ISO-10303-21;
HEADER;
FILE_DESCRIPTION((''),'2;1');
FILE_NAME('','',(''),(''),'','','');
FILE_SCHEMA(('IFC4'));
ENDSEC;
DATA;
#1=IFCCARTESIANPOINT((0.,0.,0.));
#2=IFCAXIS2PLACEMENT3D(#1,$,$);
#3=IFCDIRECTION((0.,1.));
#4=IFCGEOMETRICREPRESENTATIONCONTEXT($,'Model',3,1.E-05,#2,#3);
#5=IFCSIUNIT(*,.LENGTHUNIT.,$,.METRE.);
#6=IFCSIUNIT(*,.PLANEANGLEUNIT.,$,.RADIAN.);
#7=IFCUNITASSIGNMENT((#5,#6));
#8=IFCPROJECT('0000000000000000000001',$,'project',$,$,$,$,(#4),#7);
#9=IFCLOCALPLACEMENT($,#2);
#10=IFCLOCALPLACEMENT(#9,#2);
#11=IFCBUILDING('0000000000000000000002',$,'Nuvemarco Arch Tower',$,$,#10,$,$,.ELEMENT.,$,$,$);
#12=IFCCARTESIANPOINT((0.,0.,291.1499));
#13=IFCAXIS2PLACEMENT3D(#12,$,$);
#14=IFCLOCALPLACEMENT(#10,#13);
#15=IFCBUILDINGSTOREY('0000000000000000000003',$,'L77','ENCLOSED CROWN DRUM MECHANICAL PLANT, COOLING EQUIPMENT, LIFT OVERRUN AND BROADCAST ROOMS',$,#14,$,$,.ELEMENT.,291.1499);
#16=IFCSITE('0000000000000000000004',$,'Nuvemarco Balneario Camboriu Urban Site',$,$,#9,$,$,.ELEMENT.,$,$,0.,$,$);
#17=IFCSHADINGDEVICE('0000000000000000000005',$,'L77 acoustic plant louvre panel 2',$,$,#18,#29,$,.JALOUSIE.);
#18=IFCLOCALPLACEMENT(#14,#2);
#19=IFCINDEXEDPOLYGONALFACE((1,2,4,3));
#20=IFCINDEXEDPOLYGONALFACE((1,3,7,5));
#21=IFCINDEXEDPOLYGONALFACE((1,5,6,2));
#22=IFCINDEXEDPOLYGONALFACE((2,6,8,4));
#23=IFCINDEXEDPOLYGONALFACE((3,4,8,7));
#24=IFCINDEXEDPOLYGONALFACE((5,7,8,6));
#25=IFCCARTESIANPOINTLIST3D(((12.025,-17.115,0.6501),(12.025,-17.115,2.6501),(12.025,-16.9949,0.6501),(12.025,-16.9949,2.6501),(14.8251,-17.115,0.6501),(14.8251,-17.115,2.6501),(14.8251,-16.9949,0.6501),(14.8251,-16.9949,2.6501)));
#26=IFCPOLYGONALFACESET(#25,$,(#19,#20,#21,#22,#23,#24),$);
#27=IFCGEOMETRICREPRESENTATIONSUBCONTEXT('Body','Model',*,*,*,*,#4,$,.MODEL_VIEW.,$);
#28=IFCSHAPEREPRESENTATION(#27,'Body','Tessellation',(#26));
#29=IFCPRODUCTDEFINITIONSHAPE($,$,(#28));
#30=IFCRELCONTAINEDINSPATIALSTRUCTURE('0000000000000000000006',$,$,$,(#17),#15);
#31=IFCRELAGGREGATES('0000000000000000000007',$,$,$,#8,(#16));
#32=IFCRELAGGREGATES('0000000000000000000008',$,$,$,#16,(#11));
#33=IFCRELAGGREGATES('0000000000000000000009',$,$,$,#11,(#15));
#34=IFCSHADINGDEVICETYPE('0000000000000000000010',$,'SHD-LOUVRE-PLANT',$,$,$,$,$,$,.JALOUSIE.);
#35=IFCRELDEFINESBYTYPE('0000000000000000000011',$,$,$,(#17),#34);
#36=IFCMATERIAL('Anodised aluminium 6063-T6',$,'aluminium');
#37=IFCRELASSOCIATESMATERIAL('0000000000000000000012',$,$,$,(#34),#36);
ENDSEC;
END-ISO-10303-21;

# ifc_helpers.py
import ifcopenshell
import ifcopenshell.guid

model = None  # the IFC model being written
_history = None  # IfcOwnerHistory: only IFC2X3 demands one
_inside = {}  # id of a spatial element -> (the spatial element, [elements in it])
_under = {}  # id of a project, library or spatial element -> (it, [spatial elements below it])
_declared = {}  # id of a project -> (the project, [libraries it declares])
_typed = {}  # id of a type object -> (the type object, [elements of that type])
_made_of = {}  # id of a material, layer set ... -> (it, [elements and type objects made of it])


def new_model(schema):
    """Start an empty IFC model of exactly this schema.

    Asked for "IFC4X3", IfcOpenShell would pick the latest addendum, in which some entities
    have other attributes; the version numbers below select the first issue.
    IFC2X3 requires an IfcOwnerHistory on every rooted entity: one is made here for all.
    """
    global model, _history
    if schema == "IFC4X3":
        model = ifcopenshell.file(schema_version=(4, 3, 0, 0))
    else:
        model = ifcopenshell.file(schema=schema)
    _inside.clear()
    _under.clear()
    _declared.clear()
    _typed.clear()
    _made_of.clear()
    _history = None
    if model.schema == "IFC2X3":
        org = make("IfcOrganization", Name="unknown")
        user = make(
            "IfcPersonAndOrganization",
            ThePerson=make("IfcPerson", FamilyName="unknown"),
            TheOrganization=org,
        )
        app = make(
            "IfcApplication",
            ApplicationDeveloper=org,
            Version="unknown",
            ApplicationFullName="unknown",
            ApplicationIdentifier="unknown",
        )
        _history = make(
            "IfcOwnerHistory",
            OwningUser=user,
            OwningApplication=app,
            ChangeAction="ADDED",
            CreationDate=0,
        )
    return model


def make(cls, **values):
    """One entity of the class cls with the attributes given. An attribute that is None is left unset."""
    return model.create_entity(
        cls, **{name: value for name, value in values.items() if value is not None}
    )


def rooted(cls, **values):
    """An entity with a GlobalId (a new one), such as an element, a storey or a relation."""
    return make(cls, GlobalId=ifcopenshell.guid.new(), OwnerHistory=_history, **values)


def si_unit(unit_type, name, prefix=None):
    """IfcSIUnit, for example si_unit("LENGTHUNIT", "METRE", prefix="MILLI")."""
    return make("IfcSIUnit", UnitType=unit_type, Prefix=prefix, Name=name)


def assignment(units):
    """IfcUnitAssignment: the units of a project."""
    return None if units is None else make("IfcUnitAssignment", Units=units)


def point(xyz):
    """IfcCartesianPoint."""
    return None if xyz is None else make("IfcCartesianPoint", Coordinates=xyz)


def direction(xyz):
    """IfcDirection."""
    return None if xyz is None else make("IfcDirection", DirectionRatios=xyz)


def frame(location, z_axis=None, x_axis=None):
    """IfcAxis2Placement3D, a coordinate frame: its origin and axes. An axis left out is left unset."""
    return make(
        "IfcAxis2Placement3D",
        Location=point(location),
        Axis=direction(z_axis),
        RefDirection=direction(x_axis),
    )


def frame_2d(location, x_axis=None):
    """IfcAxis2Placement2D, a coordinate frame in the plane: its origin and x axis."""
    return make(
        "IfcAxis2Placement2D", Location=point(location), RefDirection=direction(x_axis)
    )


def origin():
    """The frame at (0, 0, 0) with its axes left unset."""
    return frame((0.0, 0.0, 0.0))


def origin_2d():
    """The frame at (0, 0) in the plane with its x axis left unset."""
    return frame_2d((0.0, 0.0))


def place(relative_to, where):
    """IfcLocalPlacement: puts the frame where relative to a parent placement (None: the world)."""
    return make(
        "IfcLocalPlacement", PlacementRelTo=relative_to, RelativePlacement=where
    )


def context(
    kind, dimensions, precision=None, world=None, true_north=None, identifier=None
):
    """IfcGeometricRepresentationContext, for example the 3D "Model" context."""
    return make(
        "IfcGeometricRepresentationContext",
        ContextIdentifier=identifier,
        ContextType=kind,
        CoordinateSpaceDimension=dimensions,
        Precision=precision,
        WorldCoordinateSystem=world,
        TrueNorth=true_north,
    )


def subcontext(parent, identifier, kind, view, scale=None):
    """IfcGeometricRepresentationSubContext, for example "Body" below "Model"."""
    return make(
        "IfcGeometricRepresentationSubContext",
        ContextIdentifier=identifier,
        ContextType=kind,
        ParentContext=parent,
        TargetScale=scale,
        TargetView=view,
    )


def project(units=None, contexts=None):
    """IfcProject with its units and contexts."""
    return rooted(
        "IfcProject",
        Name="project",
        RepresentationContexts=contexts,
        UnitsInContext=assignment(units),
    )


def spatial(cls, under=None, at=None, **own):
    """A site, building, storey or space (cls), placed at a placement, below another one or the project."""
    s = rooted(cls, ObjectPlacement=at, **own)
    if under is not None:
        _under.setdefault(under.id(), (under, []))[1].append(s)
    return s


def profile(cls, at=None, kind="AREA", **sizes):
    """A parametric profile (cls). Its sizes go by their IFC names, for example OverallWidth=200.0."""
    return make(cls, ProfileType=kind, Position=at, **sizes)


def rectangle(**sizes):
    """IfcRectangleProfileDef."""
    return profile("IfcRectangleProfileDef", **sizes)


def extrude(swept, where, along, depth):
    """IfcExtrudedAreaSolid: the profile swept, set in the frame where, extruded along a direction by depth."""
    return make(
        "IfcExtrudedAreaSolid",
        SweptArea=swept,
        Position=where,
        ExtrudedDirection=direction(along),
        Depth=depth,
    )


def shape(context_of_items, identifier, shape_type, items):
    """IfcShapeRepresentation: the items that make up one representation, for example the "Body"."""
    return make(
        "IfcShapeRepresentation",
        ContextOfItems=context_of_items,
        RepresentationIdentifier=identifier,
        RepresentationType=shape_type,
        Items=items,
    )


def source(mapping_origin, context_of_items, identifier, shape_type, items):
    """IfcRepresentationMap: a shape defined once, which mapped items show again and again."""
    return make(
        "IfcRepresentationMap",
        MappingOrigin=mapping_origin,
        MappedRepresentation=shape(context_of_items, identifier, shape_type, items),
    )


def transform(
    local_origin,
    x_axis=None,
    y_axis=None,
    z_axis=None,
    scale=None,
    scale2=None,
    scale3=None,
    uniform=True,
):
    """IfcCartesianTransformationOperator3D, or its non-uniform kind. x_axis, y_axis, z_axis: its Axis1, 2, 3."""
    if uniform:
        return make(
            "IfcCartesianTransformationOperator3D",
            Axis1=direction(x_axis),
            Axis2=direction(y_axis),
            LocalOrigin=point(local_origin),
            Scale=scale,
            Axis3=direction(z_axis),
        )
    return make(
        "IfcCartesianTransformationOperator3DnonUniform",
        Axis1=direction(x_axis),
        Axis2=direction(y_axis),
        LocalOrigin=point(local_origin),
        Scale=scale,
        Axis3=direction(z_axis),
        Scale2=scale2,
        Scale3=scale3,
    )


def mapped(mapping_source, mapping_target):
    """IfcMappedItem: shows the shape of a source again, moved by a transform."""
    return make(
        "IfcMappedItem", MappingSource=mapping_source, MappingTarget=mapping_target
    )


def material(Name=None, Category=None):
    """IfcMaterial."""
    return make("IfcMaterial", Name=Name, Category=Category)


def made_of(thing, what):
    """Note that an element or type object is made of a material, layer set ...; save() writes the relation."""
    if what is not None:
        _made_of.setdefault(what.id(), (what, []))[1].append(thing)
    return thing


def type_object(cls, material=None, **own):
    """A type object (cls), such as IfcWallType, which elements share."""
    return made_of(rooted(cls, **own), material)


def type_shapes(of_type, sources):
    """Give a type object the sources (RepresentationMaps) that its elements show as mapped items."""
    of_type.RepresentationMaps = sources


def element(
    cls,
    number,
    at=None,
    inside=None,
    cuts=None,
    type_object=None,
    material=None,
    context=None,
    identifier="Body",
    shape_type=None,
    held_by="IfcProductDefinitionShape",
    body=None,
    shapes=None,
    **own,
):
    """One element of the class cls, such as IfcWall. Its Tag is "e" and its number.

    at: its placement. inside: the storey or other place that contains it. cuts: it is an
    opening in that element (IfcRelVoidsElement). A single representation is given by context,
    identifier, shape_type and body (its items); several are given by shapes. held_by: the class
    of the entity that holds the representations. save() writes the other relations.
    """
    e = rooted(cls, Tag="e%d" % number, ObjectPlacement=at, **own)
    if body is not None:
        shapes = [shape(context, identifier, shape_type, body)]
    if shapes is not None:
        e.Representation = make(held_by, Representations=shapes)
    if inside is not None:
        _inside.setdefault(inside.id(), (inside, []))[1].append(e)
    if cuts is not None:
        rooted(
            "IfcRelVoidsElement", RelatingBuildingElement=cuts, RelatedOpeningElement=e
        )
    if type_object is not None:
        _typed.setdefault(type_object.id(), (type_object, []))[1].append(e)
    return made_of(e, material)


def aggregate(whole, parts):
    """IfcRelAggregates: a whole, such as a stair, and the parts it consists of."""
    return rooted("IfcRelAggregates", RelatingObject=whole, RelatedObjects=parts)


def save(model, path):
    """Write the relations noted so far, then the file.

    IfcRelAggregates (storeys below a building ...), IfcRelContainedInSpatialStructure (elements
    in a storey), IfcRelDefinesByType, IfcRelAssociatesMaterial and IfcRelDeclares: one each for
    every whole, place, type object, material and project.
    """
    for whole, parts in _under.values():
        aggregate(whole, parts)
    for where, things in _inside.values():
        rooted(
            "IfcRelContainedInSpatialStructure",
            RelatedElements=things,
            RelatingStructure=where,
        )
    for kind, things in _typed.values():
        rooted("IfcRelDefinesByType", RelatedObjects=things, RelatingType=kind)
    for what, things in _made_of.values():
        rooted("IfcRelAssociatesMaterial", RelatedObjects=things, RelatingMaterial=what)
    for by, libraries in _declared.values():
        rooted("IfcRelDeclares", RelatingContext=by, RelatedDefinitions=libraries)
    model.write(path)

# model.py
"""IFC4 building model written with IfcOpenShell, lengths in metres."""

from ifc_helpers import new_model, si_unit, direction, frame, origin, origin_2d, place, context, subcontext, project, spatial, rectangle, extrude, source, transform, mapped, material, type_object, type_shapes, element, save


model = new_model("IFC4")

# Units and contexts
model_context = context("Model", 3, precision=1e-05, world=origin(), true_north=direction((0.0, 1.0)))
body_context = subcontext(model_context, "Body", "Model", "MODEL_VIEW")
ifc_project = project(units=[si_unit("LENGTHUNIT", "METRE"), si_unit("PLANEANGLEUNIT", "RADIAN")], contexts=[model_context])

# Site, building, storey
site_placement = place(None, origin())
site = spatial("IfcSite", under=ifc_project, at=site_placement, Name="Nuvemarco Balneario Camboriu Urban Site", CompositionType="ELEMENT", RefElevation=0.0)
building_placement = place(site_placement, origin())
building = spatial("IfcBuilding", under=site, at=building_placement, Name="Nuvemarco Arch Tower", CompositionType="ELEMENT")
storey_placement = place(building_placement, frame((0.0, 0.0, 291.1499)))
storey = spatial("IfcBuildingStorey", under=building, at=storey_placement, Name="L77", Description="ENCLOSED CROWN DRUM MECHANICAL PLANT, COOLING EQUIPMENT, LIFT OVERRUN AND BROADCAST ROOMS", CompositionType="ELEMENT", Elevation=291.1499)

# Shading device
ifc_material_1 = material(Name="Anodised aluminium 6063-T6", Category="aluminium")
shading_device_type = type_object("IfcShadingDeviceType", Name="SHD-LOUVRE-PLANT", PredefinedType="JALOUSIE", material=ifc_material_1)
shared_shape_1 = source(origin(), body_context, "Body", "SweptSolid", [
    extrude(rectangle(XDim=2.8, YDim=0.1201, at=origin_2d()), origin(), (0.0, 0.0, 1.0), 2.0),
])
type_shapes(shading_device_type, [shared_shape_1])
shading_device_placement = place(storey_placement, frame((13.425, -17.0549, 0.6501), z_axis=(0.0, 0.0, 1.0), x_axis=(1.0, 0.0, 0.0)))
element("IfcShadingDevice", 1, at=shading_device_placement, inside=storey, type_object=shading_device_type, Name="L77 acoustic plant louvre panel 2", PredefinedType="JALOUSIE", context=body_context, shape_type="MappedRepresentation", body=[
    mapped(shared_shape_1, transform((0.0, 0.0, 0.0), scale=1.0)),
])

save(model, "model.ifc")
